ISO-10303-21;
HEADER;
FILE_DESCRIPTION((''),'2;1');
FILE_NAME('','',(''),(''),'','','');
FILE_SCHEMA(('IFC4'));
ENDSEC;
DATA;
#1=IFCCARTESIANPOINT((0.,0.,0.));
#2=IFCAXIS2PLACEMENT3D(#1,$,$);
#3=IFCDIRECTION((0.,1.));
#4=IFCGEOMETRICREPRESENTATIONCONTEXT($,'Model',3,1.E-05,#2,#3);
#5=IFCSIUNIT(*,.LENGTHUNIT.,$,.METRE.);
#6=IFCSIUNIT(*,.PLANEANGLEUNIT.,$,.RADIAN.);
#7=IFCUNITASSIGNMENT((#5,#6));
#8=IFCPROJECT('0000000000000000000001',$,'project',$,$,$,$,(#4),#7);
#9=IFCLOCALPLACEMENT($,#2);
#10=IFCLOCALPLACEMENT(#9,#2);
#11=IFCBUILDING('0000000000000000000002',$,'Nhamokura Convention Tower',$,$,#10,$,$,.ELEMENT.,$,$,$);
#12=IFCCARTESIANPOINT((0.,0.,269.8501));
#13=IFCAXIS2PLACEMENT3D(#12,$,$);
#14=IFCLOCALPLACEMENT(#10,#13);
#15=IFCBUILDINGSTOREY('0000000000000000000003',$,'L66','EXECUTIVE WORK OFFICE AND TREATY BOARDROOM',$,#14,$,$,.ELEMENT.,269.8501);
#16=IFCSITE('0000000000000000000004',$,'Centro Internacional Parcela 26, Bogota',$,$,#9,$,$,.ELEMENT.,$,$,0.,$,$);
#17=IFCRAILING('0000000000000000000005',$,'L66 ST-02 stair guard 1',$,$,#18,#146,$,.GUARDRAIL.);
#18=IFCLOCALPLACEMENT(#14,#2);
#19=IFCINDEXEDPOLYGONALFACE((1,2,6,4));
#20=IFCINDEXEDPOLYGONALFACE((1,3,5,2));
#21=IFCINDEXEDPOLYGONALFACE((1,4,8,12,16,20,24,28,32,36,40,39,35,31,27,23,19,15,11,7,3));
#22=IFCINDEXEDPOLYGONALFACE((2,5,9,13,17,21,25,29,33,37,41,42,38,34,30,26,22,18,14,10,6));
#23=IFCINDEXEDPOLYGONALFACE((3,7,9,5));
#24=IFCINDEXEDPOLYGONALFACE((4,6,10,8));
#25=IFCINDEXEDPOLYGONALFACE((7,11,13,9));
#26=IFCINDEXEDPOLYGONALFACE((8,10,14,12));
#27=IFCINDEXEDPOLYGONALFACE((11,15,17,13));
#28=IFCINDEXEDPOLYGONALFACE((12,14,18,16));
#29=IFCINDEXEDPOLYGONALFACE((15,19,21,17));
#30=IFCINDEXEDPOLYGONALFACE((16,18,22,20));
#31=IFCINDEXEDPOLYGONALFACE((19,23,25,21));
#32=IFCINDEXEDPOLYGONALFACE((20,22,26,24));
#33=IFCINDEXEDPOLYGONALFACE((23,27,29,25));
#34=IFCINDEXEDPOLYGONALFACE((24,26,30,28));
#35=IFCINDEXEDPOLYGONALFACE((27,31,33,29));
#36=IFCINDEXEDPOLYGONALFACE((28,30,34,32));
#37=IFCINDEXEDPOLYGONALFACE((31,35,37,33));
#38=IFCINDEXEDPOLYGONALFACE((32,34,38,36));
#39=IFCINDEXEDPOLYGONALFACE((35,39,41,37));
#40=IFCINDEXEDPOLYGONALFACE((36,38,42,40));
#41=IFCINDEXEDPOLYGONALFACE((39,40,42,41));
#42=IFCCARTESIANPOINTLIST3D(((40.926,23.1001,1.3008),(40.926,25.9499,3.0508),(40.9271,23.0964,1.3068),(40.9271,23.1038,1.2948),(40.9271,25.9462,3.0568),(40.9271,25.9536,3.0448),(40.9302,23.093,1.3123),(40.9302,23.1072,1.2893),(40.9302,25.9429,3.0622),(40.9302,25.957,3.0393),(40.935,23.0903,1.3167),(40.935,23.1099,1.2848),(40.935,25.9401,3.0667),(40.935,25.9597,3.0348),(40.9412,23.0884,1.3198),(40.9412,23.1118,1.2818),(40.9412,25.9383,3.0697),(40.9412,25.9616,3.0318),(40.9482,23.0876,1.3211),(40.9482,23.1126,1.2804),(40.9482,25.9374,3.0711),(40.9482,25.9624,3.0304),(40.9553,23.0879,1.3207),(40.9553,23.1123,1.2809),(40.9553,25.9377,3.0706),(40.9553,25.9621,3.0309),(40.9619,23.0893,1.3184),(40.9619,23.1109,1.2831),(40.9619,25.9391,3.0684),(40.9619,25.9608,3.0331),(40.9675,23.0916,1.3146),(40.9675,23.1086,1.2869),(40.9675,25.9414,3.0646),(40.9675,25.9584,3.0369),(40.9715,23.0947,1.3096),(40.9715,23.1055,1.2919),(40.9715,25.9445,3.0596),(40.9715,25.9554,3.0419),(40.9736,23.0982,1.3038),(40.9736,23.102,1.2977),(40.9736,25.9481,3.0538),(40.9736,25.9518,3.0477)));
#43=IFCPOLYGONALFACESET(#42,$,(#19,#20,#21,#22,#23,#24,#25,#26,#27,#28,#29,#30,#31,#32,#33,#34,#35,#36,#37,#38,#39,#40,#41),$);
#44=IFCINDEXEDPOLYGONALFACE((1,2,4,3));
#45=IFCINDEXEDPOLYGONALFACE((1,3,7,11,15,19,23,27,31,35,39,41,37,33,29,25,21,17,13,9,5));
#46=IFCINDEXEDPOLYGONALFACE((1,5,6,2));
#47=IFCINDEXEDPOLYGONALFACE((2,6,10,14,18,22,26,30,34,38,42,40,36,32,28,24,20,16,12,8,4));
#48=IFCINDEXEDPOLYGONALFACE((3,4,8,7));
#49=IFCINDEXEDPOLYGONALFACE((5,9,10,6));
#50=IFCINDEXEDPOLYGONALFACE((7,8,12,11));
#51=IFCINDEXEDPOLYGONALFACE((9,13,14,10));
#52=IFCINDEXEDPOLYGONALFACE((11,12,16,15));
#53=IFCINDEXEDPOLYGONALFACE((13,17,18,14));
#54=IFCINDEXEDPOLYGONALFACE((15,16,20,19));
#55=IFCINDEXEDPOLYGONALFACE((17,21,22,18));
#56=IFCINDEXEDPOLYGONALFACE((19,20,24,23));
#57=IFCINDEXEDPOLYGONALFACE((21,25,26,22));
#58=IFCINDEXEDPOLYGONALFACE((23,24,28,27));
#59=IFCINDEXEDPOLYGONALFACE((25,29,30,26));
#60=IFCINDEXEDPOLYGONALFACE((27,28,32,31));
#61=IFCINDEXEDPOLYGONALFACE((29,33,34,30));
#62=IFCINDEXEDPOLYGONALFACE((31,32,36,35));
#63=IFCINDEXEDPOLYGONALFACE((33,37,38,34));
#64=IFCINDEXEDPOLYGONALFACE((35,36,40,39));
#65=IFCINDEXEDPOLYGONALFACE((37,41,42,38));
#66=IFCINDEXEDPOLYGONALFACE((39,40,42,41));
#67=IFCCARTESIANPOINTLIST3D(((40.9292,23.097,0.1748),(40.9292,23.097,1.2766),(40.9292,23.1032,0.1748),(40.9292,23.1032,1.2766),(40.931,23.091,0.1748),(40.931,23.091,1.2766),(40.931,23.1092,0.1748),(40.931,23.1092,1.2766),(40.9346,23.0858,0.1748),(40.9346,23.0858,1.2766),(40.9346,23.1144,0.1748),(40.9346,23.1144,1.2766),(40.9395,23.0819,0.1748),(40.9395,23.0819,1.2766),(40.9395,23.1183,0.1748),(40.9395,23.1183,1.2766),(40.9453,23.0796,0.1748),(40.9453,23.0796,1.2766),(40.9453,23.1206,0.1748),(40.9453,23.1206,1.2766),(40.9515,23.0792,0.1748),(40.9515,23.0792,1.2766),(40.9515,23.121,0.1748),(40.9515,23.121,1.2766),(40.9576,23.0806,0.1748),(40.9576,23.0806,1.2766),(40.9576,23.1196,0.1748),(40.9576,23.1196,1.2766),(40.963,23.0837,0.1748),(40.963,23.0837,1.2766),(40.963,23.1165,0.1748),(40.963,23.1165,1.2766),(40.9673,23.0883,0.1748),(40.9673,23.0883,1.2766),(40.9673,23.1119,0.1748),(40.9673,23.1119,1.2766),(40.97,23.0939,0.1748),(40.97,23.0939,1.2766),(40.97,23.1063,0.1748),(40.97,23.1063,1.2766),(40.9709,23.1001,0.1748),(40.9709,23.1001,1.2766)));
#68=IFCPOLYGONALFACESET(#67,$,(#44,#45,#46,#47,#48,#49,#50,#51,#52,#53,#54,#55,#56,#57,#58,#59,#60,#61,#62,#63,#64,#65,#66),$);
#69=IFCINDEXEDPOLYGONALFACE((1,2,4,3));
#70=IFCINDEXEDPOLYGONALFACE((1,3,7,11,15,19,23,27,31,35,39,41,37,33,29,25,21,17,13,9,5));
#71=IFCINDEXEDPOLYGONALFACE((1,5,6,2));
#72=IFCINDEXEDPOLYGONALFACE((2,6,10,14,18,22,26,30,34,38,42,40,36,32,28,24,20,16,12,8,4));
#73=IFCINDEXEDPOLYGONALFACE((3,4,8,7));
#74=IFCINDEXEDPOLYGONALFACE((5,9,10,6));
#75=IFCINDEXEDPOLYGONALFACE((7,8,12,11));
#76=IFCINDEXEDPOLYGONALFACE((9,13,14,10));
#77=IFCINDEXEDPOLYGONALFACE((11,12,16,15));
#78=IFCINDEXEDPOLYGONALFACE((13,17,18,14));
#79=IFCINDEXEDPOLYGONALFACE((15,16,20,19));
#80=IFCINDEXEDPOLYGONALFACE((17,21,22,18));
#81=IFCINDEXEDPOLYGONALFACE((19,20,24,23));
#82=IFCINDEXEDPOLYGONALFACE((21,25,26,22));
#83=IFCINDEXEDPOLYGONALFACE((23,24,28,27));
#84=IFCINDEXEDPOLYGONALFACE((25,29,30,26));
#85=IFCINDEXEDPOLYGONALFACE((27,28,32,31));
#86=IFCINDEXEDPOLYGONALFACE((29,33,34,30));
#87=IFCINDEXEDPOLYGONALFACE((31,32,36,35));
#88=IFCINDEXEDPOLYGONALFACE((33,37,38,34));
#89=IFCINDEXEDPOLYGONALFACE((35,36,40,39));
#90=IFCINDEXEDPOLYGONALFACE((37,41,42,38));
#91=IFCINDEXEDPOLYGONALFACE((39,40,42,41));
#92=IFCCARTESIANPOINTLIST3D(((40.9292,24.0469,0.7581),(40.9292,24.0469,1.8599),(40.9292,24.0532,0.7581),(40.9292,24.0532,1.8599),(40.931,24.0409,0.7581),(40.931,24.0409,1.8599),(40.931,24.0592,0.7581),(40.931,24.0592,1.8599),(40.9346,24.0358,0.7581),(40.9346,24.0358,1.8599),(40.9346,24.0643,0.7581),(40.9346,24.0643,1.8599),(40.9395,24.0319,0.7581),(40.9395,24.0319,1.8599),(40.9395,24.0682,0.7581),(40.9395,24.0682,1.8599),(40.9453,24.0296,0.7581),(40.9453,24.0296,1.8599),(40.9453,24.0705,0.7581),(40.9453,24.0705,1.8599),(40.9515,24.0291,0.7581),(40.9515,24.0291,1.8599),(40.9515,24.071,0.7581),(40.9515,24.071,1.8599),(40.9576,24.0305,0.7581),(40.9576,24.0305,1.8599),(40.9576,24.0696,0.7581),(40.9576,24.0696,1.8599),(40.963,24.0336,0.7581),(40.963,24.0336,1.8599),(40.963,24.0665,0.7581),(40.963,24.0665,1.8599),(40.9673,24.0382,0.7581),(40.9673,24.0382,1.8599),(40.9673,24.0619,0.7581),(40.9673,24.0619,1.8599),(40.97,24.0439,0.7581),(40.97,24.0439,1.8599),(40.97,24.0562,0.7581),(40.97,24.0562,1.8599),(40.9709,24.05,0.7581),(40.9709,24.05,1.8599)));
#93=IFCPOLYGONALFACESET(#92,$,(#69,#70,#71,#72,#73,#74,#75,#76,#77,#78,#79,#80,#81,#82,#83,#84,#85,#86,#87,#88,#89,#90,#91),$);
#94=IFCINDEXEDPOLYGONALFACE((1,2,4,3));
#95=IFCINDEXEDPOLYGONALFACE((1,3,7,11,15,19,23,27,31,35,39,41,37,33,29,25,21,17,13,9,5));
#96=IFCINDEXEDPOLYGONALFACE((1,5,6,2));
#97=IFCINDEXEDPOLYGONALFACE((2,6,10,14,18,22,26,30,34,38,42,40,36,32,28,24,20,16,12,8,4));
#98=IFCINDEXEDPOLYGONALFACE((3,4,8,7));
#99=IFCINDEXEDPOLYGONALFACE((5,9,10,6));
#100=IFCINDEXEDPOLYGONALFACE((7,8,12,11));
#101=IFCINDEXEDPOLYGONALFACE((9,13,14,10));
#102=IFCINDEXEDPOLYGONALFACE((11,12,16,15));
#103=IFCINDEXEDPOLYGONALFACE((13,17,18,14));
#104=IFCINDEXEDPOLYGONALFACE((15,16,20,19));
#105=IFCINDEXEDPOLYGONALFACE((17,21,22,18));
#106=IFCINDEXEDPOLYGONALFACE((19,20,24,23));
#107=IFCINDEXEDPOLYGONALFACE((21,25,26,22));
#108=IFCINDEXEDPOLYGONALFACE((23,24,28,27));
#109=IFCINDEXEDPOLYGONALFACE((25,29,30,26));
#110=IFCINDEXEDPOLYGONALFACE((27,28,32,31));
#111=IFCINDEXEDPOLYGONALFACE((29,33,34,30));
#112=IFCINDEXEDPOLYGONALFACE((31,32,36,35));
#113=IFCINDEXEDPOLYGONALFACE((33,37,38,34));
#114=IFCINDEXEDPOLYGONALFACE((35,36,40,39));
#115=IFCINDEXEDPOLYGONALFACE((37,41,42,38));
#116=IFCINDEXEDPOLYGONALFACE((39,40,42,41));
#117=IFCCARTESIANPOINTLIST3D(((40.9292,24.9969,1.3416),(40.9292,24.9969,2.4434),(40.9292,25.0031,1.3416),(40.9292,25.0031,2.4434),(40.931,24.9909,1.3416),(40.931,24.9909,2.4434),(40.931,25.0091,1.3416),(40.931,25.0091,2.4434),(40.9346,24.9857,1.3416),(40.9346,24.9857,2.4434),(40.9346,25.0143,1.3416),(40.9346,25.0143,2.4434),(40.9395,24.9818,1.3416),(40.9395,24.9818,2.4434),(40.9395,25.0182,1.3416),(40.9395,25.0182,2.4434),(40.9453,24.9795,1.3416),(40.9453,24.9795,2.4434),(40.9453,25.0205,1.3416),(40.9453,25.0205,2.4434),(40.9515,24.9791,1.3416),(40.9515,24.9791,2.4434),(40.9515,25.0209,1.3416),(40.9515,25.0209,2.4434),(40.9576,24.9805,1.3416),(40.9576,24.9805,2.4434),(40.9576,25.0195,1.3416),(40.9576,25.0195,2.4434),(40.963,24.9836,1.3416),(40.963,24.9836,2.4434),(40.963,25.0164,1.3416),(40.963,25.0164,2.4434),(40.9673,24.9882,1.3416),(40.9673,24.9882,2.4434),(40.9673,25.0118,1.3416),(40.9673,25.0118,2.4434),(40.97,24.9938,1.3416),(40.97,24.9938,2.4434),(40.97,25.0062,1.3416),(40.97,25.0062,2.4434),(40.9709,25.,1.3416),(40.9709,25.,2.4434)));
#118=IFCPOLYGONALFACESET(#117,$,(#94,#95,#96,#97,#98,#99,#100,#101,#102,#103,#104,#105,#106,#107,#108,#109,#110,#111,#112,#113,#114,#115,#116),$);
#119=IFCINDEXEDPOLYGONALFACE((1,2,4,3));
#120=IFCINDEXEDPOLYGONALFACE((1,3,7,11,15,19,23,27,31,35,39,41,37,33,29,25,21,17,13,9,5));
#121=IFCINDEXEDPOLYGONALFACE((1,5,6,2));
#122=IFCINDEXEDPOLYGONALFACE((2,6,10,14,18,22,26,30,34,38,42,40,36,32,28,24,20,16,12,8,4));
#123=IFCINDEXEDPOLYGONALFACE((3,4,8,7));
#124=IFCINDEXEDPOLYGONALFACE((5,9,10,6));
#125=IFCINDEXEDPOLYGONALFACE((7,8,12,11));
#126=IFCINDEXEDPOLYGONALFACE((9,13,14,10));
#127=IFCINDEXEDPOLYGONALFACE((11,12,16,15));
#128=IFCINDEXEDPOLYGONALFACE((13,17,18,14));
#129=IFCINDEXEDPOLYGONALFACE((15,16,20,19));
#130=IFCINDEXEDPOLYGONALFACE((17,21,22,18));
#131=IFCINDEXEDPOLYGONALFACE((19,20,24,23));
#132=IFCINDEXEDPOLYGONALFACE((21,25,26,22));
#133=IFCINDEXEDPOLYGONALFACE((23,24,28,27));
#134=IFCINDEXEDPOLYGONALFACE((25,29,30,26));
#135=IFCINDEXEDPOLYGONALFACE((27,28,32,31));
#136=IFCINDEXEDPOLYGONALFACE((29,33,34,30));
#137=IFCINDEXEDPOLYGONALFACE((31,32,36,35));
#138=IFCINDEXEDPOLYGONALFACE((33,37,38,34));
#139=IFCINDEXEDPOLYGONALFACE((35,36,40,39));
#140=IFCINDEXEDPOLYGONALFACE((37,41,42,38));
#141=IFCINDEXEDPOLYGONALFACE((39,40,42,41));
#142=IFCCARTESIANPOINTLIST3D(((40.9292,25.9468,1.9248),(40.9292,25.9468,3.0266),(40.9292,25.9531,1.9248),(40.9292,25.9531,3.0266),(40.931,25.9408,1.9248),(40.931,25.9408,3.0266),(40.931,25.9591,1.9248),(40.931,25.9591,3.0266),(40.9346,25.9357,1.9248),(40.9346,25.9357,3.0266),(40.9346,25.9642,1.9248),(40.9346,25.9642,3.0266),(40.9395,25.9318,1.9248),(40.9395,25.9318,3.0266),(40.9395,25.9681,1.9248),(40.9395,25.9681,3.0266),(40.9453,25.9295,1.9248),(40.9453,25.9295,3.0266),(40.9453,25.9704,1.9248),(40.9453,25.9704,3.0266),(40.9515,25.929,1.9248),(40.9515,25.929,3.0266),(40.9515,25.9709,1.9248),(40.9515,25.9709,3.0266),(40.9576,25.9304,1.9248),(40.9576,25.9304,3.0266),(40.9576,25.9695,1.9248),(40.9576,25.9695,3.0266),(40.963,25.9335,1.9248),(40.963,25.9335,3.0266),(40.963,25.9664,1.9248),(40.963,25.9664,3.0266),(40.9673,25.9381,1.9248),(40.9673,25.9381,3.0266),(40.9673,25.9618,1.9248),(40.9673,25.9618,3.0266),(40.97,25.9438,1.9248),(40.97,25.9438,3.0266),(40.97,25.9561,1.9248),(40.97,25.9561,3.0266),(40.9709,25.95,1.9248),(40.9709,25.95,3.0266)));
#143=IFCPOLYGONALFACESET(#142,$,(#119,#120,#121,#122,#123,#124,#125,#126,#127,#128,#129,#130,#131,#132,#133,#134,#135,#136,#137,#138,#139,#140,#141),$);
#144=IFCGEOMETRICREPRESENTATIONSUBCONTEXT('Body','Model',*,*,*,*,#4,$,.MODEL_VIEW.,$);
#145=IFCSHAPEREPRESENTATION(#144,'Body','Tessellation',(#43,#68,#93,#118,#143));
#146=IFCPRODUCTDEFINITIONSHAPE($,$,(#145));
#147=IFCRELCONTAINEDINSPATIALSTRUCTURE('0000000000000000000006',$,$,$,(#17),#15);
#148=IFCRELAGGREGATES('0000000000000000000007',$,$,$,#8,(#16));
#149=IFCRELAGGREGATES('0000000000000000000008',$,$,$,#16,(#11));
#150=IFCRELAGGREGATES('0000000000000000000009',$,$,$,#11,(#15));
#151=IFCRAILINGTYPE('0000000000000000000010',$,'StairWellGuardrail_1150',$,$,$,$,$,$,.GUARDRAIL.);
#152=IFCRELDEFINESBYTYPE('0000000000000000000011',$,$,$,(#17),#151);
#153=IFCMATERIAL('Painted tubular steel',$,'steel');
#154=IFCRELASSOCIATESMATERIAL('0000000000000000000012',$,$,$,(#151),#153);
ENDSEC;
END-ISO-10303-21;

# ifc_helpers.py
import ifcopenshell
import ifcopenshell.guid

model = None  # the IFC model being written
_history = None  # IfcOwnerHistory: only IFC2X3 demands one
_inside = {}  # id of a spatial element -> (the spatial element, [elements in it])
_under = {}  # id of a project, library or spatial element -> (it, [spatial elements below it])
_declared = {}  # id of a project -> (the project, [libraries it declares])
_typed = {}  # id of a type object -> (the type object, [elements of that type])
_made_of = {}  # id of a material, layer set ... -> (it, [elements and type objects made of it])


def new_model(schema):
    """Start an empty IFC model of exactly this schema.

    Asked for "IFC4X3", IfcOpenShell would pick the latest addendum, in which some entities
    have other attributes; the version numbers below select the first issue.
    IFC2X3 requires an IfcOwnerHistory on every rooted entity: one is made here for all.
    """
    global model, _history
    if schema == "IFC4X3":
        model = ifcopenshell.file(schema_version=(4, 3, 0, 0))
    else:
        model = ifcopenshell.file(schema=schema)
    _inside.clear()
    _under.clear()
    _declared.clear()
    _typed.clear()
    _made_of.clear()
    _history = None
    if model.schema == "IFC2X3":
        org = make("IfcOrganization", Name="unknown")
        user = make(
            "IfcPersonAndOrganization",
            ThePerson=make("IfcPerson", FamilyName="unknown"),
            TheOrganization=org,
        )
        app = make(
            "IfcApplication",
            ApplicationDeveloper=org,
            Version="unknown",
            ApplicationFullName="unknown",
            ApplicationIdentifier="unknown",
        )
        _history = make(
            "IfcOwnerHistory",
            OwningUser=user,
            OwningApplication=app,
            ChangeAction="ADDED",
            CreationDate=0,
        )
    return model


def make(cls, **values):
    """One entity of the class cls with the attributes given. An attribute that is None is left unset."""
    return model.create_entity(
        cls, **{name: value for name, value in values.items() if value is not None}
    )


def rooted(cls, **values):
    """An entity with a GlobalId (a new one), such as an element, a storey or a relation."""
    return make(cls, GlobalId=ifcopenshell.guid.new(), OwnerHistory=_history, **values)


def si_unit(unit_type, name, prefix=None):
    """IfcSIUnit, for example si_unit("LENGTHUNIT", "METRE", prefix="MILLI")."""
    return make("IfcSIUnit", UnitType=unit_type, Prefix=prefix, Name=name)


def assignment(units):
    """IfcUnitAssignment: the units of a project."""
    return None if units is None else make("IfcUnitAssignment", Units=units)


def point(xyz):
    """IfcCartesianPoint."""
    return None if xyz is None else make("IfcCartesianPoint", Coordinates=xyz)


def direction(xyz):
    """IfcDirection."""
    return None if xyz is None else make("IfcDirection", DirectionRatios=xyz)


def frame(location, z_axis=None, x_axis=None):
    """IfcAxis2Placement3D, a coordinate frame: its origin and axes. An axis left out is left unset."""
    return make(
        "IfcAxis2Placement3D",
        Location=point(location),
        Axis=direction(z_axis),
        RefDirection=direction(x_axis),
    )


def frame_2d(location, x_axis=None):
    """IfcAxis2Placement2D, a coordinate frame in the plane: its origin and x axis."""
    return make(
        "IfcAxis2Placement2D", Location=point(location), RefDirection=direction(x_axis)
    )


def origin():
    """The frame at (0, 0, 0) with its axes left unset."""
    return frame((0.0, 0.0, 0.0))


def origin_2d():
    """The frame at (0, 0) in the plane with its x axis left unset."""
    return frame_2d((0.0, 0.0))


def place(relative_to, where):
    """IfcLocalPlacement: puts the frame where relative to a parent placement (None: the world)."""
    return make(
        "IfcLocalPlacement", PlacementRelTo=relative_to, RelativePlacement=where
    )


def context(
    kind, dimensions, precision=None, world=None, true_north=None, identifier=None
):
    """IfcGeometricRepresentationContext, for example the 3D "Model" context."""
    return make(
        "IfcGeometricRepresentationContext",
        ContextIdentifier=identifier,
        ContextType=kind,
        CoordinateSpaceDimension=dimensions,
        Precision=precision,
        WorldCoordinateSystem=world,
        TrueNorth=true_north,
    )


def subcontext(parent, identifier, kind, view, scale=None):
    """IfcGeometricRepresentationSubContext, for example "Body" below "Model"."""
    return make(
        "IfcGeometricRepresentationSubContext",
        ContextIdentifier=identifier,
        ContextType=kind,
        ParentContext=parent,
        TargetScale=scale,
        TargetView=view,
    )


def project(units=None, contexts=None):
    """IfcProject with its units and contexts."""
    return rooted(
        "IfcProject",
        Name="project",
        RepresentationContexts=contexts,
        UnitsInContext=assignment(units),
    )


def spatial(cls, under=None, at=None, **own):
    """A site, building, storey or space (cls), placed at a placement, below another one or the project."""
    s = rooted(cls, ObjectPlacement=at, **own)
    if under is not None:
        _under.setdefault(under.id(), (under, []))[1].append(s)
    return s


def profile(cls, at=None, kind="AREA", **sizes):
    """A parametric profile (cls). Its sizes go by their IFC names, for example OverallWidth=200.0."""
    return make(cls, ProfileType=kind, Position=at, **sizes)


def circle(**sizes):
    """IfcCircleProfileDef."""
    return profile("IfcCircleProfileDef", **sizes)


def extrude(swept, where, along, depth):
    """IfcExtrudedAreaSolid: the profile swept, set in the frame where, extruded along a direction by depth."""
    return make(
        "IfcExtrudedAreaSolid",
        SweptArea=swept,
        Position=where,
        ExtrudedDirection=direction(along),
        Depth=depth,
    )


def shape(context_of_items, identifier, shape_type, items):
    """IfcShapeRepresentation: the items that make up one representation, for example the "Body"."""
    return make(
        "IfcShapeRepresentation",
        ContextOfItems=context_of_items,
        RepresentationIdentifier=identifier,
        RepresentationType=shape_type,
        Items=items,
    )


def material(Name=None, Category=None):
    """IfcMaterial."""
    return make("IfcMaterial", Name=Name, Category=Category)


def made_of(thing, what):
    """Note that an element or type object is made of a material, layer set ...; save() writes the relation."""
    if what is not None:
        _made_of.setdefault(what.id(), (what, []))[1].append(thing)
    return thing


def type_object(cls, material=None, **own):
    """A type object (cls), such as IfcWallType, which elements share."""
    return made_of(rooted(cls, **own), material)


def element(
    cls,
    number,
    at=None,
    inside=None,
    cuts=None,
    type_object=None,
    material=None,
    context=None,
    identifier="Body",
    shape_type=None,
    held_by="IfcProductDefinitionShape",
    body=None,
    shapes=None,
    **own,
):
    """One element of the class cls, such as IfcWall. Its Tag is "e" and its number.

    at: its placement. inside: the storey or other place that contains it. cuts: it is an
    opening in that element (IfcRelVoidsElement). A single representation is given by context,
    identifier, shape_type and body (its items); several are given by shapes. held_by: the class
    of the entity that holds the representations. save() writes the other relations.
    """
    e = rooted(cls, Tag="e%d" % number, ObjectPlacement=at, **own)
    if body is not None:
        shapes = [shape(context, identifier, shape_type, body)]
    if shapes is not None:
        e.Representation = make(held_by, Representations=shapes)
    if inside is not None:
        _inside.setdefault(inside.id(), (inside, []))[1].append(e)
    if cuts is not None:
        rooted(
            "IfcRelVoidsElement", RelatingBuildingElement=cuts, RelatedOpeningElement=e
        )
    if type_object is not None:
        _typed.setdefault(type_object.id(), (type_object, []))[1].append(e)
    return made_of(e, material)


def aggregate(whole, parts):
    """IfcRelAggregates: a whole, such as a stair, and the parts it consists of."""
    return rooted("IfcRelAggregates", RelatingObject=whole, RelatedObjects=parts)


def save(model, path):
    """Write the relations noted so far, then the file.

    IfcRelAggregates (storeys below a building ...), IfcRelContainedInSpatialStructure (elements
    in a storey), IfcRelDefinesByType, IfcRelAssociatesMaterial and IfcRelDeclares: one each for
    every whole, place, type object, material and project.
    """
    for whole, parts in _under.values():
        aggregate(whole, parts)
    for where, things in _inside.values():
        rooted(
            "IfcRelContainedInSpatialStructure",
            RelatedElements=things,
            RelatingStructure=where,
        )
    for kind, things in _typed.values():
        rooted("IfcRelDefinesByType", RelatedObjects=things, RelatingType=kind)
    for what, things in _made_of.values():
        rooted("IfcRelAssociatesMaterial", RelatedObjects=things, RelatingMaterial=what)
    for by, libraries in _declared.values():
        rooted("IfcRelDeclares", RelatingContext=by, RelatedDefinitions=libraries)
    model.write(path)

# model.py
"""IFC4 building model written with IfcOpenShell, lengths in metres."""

from ifc_helpers import new_model, si_unit, direction, frame, origin, origin_2d, place, context, subcontext, project, spatial, circle, extrude, material, type_object, element, save


model = new_model("IFC4")

# Units and contexts
model_context = context("Model", 3, precision=1e-05, world=origin(), true_north=direction((0.0, 1.0)))
body_context = subcontext(model_context, "Body", "Model", "MODEL_VIEW")
ifc_project = project(units=[si_unit("LENGTHUNIT", "METRE"), si_unit("PLANEANGLEUNIT", "RADIAN")], contexts=[model_context])

# Site, building, storey
site_placement = place(None, origin())
site = spatial("IfcSite", under=ifc_project, at=site_placement, Name="Centro Internacional Parcela 26, Bogota", CompositionType="ELEMENT", RefElevation=0.0)
building_placement = place(site_placement, origin())
building = spatial("IfcBuilding", under=site, at=building_placement, Name="Nhamokura Convention Tower", CompositionType="ELEMENT")
storey_placement = place(building_placement, frame((0.0, 0.0, 269.8501)))
storey = spatial("IfcBuildingStorey", under=building, at=storey_placement, Name="L66", Description="EXECUTIVE WORK OFFICE AND TREATY BOARDROOM", CompositionType="ELEMENT", Elevation=269.8501)

# Railing
ifc_material_1 = material(Name="Painted tubular steel", Category="steel")
railing_type_1 = type_object("IfcRailingType", Name="StairWellGuardrail_1150", PredefinedType="GUARDRAIL", material=ifc_material_1)
railing_1_placement = place(storey_placement, frame((40.95, 23.1001, 0.1748)))
element("IfcRailing", 1, at=railing_1_placement, inside=storey, type_object=railing_type_1, Name="L66 ST-02 stair guard 1", PredefinedType="GUARDRAIL", context=body_context, shape_type="SweptSolid", body=[
    extrude(circle(Radius=0.0239, at=origin_2d()), frame((0.0, 0.0, 1.126), z_axis=(0.0, 0.852159, 0.523283), x_axis=(-1.0, 0.0, 0.0)), (0.0, 0.0, 1.0), 3.3442),
    extrude(circle(Radius=0.021, at=origin_2d()), origin(), (0.0, 0.0, 1.0), 1.1018),
    extrude(circle(Radius=0.021, at=origin_2d()), frame((0.0, 0.95, 0.5833)), (0.0, 0.0, 1.0), 1.1018),
    extrude(circle(Radius=0.021, at=origin_2d()), frame((0.0, 1.8999, 1.1667)), (0.0, 0.0, 1.0), 1.1018),
    extrude(circle(Radius=0.021, at=origin_2d()), frame((0.0, 2.8499, 1.75)), (0.0, 0.0, 1.0), 1.1018),
])

save(model, "model.ifc")
